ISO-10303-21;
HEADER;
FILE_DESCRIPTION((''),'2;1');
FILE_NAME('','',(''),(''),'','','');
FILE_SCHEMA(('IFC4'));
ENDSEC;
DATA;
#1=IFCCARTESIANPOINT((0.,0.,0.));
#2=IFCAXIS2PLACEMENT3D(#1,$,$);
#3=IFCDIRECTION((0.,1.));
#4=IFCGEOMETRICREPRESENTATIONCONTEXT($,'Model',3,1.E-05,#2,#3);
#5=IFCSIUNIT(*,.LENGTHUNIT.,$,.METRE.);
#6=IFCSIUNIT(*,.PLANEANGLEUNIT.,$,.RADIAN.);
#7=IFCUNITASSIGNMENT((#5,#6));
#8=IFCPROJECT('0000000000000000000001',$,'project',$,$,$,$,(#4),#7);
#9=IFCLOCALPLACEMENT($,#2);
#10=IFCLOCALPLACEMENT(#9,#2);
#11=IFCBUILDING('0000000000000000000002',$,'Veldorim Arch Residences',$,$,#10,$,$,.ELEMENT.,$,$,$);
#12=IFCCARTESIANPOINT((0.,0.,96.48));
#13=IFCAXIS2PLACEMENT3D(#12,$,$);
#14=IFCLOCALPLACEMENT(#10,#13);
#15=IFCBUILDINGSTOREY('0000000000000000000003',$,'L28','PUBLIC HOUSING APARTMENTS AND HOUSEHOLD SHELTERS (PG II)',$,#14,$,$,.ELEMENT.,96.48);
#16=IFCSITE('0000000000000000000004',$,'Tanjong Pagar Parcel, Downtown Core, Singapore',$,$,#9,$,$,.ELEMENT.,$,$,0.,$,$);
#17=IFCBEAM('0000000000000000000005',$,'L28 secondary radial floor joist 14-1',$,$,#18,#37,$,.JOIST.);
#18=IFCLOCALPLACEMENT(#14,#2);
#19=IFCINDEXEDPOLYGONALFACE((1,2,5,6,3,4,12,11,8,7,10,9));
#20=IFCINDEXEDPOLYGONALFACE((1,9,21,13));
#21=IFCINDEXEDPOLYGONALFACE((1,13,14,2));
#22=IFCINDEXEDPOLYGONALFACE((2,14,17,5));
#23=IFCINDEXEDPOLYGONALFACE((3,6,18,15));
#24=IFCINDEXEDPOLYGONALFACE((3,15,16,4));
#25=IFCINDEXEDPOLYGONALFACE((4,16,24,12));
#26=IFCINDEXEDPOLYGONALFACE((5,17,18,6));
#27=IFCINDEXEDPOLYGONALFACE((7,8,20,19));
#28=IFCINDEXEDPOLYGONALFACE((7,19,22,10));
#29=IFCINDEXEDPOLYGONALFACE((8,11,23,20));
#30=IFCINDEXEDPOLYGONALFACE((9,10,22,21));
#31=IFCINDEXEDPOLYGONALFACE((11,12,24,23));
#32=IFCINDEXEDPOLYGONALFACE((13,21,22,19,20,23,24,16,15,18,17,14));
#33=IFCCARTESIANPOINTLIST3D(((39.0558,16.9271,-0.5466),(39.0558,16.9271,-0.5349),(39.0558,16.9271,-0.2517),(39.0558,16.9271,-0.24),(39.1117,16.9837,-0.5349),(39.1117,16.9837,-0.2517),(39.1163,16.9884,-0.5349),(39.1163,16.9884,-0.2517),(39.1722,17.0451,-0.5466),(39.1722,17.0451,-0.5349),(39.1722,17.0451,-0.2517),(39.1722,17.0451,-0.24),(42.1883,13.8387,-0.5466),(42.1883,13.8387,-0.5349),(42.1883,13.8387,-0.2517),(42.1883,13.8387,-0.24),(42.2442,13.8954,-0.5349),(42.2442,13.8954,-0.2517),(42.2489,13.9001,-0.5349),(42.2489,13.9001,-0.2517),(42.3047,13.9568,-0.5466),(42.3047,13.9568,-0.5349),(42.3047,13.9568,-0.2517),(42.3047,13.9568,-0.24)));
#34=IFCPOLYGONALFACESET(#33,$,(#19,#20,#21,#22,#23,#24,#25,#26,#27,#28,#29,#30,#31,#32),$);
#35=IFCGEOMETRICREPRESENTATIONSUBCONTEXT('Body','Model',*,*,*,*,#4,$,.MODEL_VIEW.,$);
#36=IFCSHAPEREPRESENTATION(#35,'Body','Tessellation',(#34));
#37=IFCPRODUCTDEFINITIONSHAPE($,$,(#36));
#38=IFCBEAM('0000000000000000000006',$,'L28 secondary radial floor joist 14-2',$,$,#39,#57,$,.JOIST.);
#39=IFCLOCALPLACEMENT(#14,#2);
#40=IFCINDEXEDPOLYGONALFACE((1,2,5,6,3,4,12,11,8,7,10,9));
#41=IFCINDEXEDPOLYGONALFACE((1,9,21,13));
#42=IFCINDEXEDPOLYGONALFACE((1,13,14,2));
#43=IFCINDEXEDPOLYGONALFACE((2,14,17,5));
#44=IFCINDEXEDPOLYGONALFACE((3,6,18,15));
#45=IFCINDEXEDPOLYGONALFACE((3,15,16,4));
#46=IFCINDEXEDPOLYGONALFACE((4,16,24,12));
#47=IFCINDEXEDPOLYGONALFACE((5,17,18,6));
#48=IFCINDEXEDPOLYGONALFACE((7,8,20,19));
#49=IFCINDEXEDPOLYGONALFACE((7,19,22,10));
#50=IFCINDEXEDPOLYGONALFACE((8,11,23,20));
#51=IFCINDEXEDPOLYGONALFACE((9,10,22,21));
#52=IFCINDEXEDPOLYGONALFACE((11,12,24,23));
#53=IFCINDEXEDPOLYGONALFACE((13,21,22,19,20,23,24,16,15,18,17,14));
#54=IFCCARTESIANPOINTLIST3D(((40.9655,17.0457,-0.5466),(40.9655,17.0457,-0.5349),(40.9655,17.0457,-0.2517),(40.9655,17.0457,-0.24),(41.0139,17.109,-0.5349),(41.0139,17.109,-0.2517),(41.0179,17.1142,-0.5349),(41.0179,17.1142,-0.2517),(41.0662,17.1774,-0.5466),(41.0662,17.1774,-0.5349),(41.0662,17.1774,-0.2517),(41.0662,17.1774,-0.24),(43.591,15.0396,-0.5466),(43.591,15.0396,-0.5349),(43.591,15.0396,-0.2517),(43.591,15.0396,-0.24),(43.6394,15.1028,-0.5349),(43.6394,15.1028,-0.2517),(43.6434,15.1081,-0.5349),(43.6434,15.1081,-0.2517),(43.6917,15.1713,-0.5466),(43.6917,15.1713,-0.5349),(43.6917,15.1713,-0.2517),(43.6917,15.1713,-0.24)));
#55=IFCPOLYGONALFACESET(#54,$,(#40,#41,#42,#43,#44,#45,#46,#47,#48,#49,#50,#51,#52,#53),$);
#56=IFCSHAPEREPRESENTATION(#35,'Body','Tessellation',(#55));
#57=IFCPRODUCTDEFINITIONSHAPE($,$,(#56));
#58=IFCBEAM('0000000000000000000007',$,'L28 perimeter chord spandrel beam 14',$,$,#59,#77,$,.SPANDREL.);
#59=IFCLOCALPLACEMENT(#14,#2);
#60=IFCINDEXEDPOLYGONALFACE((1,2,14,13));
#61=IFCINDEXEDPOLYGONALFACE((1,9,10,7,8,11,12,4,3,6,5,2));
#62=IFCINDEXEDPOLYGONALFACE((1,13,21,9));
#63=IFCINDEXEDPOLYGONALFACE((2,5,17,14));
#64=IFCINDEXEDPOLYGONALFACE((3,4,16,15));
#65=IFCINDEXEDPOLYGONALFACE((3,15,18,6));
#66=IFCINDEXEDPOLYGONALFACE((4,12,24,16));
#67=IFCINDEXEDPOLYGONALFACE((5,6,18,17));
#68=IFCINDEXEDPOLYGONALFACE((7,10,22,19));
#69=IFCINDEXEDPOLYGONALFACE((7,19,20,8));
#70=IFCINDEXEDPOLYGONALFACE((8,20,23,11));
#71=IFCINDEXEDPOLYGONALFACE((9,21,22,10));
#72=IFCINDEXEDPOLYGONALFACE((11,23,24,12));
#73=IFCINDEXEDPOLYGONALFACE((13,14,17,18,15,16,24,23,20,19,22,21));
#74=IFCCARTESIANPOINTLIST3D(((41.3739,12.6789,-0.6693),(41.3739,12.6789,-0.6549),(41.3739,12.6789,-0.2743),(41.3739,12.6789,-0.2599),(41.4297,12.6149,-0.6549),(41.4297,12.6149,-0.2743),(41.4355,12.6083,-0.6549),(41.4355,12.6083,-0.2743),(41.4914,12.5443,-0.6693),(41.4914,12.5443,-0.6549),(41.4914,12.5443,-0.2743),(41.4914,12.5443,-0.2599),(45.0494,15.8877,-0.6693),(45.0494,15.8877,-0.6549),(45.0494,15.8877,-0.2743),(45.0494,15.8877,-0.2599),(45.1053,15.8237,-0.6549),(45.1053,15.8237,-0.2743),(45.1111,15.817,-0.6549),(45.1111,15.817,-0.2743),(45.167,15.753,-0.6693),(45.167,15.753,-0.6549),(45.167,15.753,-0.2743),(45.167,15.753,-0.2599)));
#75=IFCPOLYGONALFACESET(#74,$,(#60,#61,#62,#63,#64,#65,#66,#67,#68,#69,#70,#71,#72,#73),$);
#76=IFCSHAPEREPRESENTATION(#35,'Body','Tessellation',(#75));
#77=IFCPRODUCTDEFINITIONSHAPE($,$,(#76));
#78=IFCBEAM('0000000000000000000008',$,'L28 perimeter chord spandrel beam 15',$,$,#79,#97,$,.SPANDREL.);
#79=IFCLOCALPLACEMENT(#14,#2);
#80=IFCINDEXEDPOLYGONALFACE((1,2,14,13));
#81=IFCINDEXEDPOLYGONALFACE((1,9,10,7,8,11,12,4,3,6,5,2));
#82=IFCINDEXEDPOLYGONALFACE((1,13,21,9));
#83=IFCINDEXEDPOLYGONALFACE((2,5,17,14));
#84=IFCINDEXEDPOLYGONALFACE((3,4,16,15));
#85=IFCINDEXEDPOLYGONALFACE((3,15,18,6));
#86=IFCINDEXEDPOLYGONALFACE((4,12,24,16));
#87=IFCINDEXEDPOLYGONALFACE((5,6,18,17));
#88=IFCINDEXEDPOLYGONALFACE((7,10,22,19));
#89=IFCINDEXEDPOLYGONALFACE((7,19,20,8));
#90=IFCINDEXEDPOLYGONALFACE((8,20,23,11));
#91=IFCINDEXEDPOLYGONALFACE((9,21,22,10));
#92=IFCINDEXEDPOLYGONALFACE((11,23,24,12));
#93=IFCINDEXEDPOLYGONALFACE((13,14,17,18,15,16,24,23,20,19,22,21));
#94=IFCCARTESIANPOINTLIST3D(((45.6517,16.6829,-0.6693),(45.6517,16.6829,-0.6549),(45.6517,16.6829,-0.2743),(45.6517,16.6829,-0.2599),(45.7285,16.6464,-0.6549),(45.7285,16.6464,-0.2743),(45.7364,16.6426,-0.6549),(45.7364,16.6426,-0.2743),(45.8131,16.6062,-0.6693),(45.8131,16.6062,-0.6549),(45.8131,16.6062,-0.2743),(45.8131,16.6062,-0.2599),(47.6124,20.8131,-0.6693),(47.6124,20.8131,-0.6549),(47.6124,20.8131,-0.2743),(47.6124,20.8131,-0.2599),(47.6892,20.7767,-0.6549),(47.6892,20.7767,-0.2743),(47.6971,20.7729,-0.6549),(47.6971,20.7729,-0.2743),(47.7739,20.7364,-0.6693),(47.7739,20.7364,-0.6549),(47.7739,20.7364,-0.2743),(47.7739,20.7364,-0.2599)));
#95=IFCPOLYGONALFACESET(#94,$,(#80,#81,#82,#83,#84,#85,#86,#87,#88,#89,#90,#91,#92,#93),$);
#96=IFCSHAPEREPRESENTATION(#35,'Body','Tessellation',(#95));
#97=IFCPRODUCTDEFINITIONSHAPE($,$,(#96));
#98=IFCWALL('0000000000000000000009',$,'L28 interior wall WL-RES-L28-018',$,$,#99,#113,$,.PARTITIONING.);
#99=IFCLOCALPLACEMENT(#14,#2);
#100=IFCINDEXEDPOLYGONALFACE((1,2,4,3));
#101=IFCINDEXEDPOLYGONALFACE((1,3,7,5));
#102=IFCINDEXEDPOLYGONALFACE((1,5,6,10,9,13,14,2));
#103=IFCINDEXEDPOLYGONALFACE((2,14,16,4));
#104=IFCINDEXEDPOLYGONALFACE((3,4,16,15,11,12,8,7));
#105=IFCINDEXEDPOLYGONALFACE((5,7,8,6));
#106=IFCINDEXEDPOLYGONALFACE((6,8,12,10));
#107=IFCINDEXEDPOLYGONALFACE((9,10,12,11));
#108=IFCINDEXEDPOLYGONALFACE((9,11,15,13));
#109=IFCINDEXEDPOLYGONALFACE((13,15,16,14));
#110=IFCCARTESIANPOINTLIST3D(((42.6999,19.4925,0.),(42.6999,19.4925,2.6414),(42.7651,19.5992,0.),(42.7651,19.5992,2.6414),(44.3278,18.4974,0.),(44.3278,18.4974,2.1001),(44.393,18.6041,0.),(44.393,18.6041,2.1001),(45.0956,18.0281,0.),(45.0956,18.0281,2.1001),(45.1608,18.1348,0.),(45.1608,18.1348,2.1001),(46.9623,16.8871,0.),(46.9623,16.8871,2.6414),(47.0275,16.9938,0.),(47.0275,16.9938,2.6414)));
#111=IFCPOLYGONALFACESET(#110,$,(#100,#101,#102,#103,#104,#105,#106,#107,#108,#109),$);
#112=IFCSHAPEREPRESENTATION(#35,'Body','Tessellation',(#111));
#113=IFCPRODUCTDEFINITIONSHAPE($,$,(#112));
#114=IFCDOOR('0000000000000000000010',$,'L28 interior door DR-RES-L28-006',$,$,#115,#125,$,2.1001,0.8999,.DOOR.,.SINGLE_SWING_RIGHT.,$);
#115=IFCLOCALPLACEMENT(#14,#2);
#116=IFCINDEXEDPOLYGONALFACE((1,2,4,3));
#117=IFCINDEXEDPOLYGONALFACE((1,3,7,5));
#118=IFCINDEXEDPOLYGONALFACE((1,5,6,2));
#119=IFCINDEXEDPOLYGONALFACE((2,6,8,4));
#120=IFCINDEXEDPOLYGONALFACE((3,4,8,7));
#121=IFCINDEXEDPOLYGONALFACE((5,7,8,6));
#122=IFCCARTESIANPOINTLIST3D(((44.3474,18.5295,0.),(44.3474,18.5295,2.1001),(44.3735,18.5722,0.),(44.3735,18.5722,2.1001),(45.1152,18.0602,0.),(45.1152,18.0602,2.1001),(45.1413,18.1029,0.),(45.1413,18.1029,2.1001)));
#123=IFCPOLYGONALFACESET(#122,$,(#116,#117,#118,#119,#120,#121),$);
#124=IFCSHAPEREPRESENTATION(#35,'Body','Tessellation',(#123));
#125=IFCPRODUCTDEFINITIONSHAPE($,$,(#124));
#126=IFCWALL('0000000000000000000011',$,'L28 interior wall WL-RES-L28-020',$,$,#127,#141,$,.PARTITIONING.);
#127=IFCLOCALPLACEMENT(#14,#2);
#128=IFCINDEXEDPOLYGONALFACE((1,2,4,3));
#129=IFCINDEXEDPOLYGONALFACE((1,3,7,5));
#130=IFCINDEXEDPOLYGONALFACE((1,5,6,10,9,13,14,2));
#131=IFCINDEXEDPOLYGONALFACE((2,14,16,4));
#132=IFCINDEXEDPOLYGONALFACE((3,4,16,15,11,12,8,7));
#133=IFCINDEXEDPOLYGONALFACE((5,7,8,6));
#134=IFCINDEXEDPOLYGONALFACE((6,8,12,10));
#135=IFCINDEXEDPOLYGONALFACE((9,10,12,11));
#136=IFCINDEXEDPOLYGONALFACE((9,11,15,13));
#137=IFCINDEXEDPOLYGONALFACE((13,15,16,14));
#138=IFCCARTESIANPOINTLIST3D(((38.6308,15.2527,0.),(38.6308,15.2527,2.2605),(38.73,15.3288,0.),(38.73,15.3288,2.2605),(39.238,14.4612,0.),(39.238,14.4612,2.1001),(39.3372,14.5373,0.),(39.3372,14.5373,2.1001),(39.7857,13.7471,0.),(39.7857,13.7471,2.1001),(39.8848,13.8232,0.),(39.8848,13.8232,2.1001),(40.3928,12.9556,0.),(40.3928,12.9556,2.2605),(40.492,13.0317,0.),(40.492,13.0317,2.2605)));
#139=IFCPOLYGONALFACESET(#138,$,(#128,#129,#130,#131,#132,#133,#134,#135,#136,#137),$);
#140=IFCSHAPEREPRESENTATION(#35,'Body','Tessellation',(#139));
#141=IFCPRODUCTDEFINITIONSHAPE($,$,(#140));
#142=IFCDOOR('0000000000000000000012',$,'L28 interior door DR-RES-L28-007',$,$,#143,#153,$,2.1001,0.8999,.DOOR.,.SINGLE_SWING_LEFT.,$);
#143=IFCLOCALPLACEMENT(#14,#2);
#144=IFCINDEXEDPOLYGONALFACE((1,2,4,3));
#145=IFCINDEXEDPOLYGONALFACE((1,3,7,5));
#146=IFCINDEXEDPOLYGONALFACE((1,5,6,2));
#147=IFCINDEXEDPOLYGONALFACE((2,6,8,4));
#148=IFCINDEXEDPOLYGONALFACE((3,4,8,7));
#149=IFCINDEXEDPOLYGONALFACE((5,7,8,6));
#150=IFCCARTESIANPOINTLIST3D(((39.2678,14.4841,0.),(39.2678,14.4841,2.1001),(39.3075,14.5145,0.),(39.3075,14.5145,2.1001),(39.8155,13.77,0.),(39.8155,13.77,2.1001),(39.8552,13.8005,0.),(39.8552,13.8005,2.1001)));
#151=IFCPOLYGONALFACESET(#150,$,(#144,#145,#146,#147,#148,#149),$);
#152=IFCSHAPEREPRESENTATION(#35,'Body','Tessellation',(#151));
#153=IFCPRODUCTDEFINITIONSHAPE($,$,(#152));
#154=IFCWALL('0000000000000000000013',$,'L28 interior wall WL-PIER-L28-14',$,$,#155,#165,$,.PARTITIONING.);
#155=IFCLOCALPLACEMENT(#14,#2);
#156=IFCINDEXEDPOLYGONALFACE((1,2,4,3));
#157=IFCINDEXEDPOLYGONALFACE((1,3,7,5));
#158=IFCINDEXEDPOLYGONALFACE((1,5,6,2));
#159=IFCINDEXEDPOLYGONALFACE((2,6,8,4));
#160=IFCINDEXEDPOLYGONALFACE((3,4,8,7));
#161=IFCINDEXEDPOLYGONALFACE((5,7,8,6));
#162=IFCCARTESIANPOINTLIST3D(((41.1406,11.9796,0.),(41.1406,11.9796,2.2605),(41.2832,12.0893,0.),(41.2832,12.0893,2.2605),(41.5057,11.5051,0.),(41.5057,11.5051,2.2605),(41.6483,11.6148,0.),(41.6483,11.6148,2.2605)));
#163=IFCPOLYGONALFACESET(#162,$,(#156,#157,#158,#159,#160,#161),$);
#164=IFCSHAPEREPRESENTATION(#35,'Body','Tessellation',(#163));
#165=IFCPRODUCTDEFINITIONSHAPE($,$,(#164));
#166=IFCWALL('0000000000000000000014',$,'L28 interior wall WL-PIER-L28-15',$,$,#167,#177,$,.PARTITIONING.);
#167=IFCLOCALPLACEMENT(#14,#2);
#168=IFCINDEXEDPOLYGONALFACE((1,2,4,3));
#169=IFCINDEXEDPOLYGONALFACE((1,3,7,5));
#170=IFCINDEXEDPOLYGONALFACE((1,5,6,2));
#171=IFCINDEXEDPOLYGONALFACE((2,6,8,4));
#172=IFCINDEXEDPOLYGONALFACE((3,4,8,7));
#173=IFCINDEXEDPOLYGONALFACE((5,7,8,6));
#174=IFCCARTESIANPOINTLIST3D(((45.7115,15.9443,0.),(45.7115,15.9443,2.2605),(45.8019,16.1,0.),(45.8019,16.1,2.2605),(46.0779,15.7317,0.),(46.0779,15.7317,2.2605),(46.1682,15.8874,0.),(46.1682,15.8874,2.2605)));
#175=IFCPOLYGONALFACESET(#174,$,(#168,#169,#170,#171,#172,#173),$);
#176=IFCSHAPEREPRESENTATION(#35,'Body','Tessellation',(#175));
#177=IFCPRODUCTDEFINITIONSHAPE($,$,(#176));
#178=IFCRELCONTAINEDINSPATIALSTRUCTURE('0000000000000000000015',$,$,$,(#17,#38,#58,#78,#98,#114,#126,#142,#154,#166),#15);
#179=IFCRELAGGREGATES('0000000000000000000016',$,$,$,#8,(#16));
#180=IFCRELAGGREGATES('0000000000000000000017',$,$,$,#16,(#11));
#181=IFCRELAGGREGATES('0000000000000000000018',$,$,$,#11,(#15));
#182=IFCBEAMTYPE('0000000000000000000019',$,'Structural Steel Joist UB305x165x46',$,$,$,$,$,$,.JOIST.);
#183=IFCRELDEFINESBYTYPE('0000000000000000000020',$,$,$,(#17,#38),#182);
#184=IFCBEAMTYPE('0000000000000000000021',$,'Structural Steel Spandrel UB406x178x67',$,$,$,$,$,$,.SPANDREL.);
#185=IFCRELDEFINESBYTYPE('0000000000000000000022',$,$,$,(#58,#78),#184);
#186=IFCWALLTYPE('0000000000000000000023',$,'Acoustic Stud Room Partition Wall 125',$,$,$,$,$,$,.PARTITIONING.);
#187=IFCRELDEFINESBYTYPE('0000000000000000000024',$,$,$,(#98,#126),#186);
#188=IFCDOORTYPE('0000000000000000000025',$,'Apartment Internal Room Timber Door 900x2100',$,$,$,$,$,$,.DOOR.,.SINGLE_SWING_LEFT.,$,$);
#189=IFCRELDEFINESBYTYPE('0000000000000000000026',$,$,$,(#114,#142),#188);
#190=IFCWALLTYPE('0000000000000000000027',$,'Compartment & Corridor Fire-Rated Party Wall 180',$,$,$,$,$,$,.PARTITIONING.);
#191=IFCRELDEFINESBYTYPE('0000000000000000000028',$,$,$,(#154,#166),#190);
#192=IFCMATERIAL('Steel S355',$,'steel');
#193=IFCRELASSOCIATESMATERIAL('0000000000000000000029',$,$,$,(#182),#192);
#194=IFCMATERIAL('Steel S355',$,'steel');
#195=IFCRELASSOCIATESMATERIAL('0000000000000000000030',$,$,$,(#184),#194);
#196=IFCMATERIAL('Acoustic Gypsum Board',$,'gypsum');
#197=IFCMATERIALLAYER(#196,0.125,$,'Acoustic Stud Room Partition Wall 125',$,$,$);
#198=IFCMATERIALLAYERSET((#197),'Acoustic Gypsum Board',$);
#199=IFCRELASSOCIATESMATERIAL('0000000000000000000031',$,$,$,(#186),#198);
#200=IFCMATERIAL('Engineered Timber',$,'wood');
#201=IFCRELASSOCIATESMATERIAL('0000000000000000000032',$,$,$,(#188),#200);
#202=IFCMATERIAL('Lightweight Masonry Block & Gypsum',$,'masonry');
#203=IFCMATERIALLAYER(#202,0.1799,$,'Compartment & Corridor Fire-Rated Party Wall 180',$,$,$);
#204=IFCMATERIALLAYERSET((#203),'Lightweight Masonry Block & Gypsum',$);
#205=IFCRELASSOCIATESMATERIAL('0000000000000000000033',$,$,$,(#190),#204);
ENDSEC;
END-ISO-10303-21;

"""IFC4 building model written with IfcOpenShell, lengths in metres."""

from ifc_helpers import new_model, si_unit, direction, frame, frame_2d, origin, origin_2d, place, context, subcontext, project, spatial, rectangle, i_section, extrude, material, layer, layer_set, material_profile, profile_set, type_object, element, fill, save


model = new_model("IFC4")

# Units and contexts
model_context = context("Model", 3, precision=1e-05, world=origin(), true_north=direction((0.0, 1.0)))
body_context = subcontext(model_context, "Body", "Model", "MODEL_VIEW")
ifc_project = project(units=[si_unit("LENGTHUNIT", "METRE"), si_unit("PLANEANGLEUNIT", "RADIAN")], contexts=[model_context])

# Site, building, storey
site_placement = place(None, origin())
site = spatial("IfcSite", under=ifc_project, at=site_placement, Name="Tanjong Pagar Parcel, Downtown Core, Singapore", CompositionType="ELEMENT", RefElevation=0.0)
building_placement = place(site_placement, origin())
building = spatial("IfcBuilding", under=site, at=building_placement, Name="Veldorim Arch Residences", CompositionType="ELEMENT")
storey_placement = place(building_placement, frame((0.0, 0.0, 96.48)))
storey = spatial("IfcBuildingStorey", under=building, at=storey_placement, Name="L28", Description="PUBLIC HOUSING APARTMENTS AND HOUSEHOLD SHELTERS (PG II)", CompositionType="ELEMENT", Elevation=96.48)

# Beams
ifc_material_1 = material(Name="Steel S355", Category="steel")
ifc_material_profile_1 = material_profile(ifc_material_1, i_section(OverallWidth=0.1658, OverallDepth=0.3066, WebThickness=0.0066, FlangeThickness=0.0117, at=origin_2d()), Name="UB305x165x46")
ifc_profile_set_1 = profile_set([ifc_material_profile_1], Name="Steel S355")
beam_type_1 = type_object("IfcBeamType", Name="Structural Steel Joist UB305x165x46", PredefinedType="JOIST", material=ifc_profile_set_1)
beam_1_placement = place(storey_placement, frame((39.114, 16.9861, -0.3933), z_axis=(0.712112, -0.702066, 0.0), x_axis=(0.702066, 0.712112, 0.0)))
element("IfcBeam", 1, at=beam_1_placement, inside=storey, type_object=beam_type_1, Name="L28 secondary radial floor joist 14-1", PredefinedType="JOIST", context=body_context, shape_type="SweptSolid", body=[
    extrude(i_section(OverallWidth=0.1658, OverallDepth=0.3066, WebThickness=0.0066, FlangeThickness=0.0117, at=origin_2d()), origin(), (0.0, 0.0, 1.0), 4.3989),
])
beam_2_placement = place(storey_placement, frame((41.0159, 17.1116, -0.3933), z_axis=(0.794595, -0.60714, 0.0), x_axis=(0.60714, 0.794595, 0.0)))
element("IfcBeam", 2, at=beam_2_placement, inside=storey, type_object=beam_type_1, Name="L28 secondary radial floor joist 14-2", PredefinedType="JOIST", context=body_context, shape_type="SweptSolid", body=[
    extrude(i_section(OverallWidth=0.1658, OverallDepth=0.3066, WebThickness=0.0066, FlangeThickness=0.0117, at=origin_2d()), origin(), (0.0, 0.0, 1.0), 3.3042),
])
ifc_material_2 = material(Name="Steel S355", Category="steel")
ifc_material_profile_2 = material_profile(ifc_material_2, i_section(OverallWidth=0.1787, OverallDepth=0.4094, WebThickness=0.0088, FlangeThickness=0.0144, at=origin_2d()), Name="UB406x178x67")
ifc_profile_set_2 = profile_set([ifc_material_profile_2], Name="Steel S355")
beam_type_2 = type_object("IfcBeamType", Name="Structural Steel Spandrel UB406x178x67", PredefinedType="SPANDREL", material=ifc_profile_set_2)
beam_3_placement = place(storey_placement, frame((41.4326, 12.6116, -0.4646), z_axis=(0.753323, 0.65765, 0.0), x_axis=(-0.65765, 0.753323, 0.0)))
element("IfcBeam", 3, at=beam_3_placement, inside=storey, type_object=beam_type_2, Name="L28 perimeter chord spandrel beam 14", PredefinedType="SPANDREL", context=body_context, shape_type="SweptSolid", body=[
    extrude(i_section(OverallWidth=0.1787, OverallDepth=0.4094, WebThickness=0.0088, FlangeThickness=0.0144, at=origin_2d()), origin(), (0.0, 0.0, 1.0), 4.8792),
])
beam_4_placement = place(storey_placement, frame((45.7324, 16.6445, -0.4646), z_axis=(0.428857, 0.903372, 0.0), x_axis=(-0.903372, 0.428857, 0.0)))
element("IfcBeam", 4, at=beam_4_placement, inside=storey, type_object=beam_type_2, Name="L28 perimeter chord spandrel beam 15", PredefinedType="SPANDREL", context=body_context, shape_type="SweptSolid", body=[
    extrude(i_section(OverallWidth=0.1787, OverallDepth=0.4094, WebThickness=0.0088, FlangeThickness=0.0144, at=origin_2d()), origin(), (0.0, 0.0, 1.0), 4.572),
])

# Walls, openings, doors
ifc_material_3 = material(Name="Acoustic Gypsum Board", Category="gypsum")
ifc_layer_1 = layer(ifc_material_3, 0.125, Name="Acoustic Stud Room Partition Wall 125")
ifc_layer_set_1 = layer_set([ifc_layer_1], Name="Acoustic Gypsum Board")
wall_type_1 = type_object("IfcWallType", Name="Acoustic Stud Room Partition Wall 125", PredefinedType="PARTITIONING", material=ifc_layer_set_1)
wall_1_placement = place(storey_placement, frame((46.9949, 16.9404, 0.0), z_axis=(0.0, 0.0, 1.0), x_axis=(-0.853225, 0.521543, 0.0)))
wall_1 = element("IfcWall", 5, at=wall_1_placement, inside=storey, type_object=wall_type_1, Name="L28 interior wall WL-RES-L28-018", PredefinedType="PARTITIONING", context=body_context, shape_type="SweptSolid", body=[
    extrude(rectangle(XDim=4.9956, YDim=0.125, at=frame_2d((2.4978, 0.0))), origin(), (0.0, 0.0, 1.0), 2.6414),
])
opening_1_placement = place(wall_1_placement, frame((2.1877, 0.0, 0.0)))
opening_1 = element("IfcOpeningElement", 6, at=opening_1_placement, cuts=wall_1, PredefinedType="OPENING", context=body_context, shape_type="SweptSolid", body=[
    extrude(rectangle(XDim=0.8999, YDim=2.1001, at=frame_2d((0.45, 1.05))), frame((0.0, 0.0725, 0.0), z_axis=(0.0, -1.0, 0.0), x_axis=(1.0, 0.0, 0.0)), (0.0, 0.0, 1.0), 0.145),
])
ifc_material_4 = material(Name="Engineered Timber", Category="wood")
door_type_1 = type_object("IfcDoorType", Name="Apartment Internal Room Timber Door 900x2100", OperationType="SINGLE_SWING_LEFT", PredefinedType="DOOR", material=ifc_material_4)
door_1_placement = place(opening_1_placement, origin())
door_1 = element("IfcDoor", 7, at=door_1_placement, inside=storey, type_object=door_type_1, Name="L28 interior door DR-RES-L28-006", OperationType="SINGLE_SWING_RIGHT", OverallHeight=2.1001, OverallWidth=0.8999, PredefinedType="DOOR", context=body_context, shape_type="SweptSolid", body=[
    extrude(rectangle(XDim=0.8999, YDim=2.1001, at=frame_2d((0.45, 1.05))), frame((0.0, 0.0249, 0.0), z_axis=(0.0, -1.0, 0.0), x_axis=(1.0, 0.0, 0.0)), (0.0, 0.0, 1.0), 0.05),
])
fill(opening_1, door_1)
wall_2_placement = place(storey_placement, frame((40.4424, 12.9937, 0.0), z_axis=(0.0, 0.0, 1.0), x_axis=(-0.608614, 0.793467, 0.0)))
wall_2 = element("IfcWall", 8, at=wall_2_placement, inside=storey, type_object=wall_type_1, Name="L28 interior wall WL-RES-L28-020", PredefinedType="PARTITIONING", context=body_context, shape_type="SweptSolid", body=[
    extrude(rectangle(XDim=2.895, YDim=0.125, at=frame_2d((1.4475, 0.0))), origin(), (0.0, 0.0, 1.0), 2.2605),
])
opening_2_placement = place(wall_2_placement, frame((0.9976, 0.0, 0.0)))
opening_2 = element("IfcOpeningElement", 9, at=opening_2_placement, cuts=wall_2, PredefinedType="OPENING", context=body_context, shape_type="SweptSolid", body=[
    extrude(rectangle(XDim=0.8999, YDim=2.1001, at=frame_2d((0.45, 1.05))), frame((0.0, 0.0725, 0.0), z_axis=(0.0, -1.0, 0.0), x_axis=(1.0, 0.0, 0.0)), (0.0, 0.0, 1.0), 0.145),
])
door_2_placement = place(opening_2_placement, origin())
door_2 = element("IfcDoor", 10, at=door_2_placement, inside=storey, type_object=door_type_1, Name="L28 interior door DR-RES-L28-007", OperationType="SINGLE_SWING_LEFT", OverallHeight=2.1001, OverallWidth=0.8999, PredefinedType="DOOR", context=body_context, shape_type="SweptSolid", body=[
    extrude(rectangle(XDim=0.8999, YDim=2.1001, at=frame_2d((0.45, 1.05))), frame((0.0, 0.0249, 0.0), z_axis=(0.0, -1.0, 0.0), x_axis=(1.0, 0.0, 0.0)), (0.0, 0.0, 1.0), 0.05),
])
fill(opening_2, door_2)

# Walls
ifc_material_5 = material(Name="Lightweight Masonry Block & Gypsum", Category="masonry")
ifc_layer_2 = layer(ifc_material_5, 0.1799, Name="Compartment & Corridor Fire-Rated Party Wall 180")
ifc_layer_set_2 = layer_set([ifc_layer_2], Name="Lightweight Masonry Block & Gypsum")
wall_type_2 = type_object("IfcWallType", Name="Compartment & Corridor Fire-Rated Party Wall 180", PredefinedType="PARTITIONING", material=ifc_layer_set_2)
wall_3_placement = place(storey_placement, frame((41.2119, 12.0344, 0.0), z_axis=(0.0, 0.0, 1.0), x_axis=(0.609809, -0.792548, 0.0)))
element("IfcWall", 11, at=wall_3_placement, inside=storey, type_object=wall_type_2, Name="L28 interior wall WL-PIER-L28-14", PredefinedType="PARTITIONING", context=body_context, shape_type="SweptSolid", body=[
    extrude(rectangle(XDim=0.5986, YDim=0.1799, at=frame_2d((0.2993, 0.0))), origin(), (0.0, 0.0, 1.0), 2.2605),
])
wall_4_placement = place(storey_placement, frame((45.7566, 16.0222, 0.0), z_axis=(0.0, 0.0, 1.0), x_axis=(0.864926, -0.501899, 0.0)))
element("IfcWall", 12, at=wall_4_placement, inside=storey, type_object=wall_type_2, Name="L28 interior wall WL-PIER-L28-15", PredefinedType="PARTITIONING", context=body_context, shape_type="SweptSolid", body=[
    extrude(rectangle(XDim=0.4236, YDim=0.1799, at=frame_2d((0.2119, 0.0))), origin(), (0.0, 0.0, 1.0), 2.2605),
])

save(model, "model.ifc")
